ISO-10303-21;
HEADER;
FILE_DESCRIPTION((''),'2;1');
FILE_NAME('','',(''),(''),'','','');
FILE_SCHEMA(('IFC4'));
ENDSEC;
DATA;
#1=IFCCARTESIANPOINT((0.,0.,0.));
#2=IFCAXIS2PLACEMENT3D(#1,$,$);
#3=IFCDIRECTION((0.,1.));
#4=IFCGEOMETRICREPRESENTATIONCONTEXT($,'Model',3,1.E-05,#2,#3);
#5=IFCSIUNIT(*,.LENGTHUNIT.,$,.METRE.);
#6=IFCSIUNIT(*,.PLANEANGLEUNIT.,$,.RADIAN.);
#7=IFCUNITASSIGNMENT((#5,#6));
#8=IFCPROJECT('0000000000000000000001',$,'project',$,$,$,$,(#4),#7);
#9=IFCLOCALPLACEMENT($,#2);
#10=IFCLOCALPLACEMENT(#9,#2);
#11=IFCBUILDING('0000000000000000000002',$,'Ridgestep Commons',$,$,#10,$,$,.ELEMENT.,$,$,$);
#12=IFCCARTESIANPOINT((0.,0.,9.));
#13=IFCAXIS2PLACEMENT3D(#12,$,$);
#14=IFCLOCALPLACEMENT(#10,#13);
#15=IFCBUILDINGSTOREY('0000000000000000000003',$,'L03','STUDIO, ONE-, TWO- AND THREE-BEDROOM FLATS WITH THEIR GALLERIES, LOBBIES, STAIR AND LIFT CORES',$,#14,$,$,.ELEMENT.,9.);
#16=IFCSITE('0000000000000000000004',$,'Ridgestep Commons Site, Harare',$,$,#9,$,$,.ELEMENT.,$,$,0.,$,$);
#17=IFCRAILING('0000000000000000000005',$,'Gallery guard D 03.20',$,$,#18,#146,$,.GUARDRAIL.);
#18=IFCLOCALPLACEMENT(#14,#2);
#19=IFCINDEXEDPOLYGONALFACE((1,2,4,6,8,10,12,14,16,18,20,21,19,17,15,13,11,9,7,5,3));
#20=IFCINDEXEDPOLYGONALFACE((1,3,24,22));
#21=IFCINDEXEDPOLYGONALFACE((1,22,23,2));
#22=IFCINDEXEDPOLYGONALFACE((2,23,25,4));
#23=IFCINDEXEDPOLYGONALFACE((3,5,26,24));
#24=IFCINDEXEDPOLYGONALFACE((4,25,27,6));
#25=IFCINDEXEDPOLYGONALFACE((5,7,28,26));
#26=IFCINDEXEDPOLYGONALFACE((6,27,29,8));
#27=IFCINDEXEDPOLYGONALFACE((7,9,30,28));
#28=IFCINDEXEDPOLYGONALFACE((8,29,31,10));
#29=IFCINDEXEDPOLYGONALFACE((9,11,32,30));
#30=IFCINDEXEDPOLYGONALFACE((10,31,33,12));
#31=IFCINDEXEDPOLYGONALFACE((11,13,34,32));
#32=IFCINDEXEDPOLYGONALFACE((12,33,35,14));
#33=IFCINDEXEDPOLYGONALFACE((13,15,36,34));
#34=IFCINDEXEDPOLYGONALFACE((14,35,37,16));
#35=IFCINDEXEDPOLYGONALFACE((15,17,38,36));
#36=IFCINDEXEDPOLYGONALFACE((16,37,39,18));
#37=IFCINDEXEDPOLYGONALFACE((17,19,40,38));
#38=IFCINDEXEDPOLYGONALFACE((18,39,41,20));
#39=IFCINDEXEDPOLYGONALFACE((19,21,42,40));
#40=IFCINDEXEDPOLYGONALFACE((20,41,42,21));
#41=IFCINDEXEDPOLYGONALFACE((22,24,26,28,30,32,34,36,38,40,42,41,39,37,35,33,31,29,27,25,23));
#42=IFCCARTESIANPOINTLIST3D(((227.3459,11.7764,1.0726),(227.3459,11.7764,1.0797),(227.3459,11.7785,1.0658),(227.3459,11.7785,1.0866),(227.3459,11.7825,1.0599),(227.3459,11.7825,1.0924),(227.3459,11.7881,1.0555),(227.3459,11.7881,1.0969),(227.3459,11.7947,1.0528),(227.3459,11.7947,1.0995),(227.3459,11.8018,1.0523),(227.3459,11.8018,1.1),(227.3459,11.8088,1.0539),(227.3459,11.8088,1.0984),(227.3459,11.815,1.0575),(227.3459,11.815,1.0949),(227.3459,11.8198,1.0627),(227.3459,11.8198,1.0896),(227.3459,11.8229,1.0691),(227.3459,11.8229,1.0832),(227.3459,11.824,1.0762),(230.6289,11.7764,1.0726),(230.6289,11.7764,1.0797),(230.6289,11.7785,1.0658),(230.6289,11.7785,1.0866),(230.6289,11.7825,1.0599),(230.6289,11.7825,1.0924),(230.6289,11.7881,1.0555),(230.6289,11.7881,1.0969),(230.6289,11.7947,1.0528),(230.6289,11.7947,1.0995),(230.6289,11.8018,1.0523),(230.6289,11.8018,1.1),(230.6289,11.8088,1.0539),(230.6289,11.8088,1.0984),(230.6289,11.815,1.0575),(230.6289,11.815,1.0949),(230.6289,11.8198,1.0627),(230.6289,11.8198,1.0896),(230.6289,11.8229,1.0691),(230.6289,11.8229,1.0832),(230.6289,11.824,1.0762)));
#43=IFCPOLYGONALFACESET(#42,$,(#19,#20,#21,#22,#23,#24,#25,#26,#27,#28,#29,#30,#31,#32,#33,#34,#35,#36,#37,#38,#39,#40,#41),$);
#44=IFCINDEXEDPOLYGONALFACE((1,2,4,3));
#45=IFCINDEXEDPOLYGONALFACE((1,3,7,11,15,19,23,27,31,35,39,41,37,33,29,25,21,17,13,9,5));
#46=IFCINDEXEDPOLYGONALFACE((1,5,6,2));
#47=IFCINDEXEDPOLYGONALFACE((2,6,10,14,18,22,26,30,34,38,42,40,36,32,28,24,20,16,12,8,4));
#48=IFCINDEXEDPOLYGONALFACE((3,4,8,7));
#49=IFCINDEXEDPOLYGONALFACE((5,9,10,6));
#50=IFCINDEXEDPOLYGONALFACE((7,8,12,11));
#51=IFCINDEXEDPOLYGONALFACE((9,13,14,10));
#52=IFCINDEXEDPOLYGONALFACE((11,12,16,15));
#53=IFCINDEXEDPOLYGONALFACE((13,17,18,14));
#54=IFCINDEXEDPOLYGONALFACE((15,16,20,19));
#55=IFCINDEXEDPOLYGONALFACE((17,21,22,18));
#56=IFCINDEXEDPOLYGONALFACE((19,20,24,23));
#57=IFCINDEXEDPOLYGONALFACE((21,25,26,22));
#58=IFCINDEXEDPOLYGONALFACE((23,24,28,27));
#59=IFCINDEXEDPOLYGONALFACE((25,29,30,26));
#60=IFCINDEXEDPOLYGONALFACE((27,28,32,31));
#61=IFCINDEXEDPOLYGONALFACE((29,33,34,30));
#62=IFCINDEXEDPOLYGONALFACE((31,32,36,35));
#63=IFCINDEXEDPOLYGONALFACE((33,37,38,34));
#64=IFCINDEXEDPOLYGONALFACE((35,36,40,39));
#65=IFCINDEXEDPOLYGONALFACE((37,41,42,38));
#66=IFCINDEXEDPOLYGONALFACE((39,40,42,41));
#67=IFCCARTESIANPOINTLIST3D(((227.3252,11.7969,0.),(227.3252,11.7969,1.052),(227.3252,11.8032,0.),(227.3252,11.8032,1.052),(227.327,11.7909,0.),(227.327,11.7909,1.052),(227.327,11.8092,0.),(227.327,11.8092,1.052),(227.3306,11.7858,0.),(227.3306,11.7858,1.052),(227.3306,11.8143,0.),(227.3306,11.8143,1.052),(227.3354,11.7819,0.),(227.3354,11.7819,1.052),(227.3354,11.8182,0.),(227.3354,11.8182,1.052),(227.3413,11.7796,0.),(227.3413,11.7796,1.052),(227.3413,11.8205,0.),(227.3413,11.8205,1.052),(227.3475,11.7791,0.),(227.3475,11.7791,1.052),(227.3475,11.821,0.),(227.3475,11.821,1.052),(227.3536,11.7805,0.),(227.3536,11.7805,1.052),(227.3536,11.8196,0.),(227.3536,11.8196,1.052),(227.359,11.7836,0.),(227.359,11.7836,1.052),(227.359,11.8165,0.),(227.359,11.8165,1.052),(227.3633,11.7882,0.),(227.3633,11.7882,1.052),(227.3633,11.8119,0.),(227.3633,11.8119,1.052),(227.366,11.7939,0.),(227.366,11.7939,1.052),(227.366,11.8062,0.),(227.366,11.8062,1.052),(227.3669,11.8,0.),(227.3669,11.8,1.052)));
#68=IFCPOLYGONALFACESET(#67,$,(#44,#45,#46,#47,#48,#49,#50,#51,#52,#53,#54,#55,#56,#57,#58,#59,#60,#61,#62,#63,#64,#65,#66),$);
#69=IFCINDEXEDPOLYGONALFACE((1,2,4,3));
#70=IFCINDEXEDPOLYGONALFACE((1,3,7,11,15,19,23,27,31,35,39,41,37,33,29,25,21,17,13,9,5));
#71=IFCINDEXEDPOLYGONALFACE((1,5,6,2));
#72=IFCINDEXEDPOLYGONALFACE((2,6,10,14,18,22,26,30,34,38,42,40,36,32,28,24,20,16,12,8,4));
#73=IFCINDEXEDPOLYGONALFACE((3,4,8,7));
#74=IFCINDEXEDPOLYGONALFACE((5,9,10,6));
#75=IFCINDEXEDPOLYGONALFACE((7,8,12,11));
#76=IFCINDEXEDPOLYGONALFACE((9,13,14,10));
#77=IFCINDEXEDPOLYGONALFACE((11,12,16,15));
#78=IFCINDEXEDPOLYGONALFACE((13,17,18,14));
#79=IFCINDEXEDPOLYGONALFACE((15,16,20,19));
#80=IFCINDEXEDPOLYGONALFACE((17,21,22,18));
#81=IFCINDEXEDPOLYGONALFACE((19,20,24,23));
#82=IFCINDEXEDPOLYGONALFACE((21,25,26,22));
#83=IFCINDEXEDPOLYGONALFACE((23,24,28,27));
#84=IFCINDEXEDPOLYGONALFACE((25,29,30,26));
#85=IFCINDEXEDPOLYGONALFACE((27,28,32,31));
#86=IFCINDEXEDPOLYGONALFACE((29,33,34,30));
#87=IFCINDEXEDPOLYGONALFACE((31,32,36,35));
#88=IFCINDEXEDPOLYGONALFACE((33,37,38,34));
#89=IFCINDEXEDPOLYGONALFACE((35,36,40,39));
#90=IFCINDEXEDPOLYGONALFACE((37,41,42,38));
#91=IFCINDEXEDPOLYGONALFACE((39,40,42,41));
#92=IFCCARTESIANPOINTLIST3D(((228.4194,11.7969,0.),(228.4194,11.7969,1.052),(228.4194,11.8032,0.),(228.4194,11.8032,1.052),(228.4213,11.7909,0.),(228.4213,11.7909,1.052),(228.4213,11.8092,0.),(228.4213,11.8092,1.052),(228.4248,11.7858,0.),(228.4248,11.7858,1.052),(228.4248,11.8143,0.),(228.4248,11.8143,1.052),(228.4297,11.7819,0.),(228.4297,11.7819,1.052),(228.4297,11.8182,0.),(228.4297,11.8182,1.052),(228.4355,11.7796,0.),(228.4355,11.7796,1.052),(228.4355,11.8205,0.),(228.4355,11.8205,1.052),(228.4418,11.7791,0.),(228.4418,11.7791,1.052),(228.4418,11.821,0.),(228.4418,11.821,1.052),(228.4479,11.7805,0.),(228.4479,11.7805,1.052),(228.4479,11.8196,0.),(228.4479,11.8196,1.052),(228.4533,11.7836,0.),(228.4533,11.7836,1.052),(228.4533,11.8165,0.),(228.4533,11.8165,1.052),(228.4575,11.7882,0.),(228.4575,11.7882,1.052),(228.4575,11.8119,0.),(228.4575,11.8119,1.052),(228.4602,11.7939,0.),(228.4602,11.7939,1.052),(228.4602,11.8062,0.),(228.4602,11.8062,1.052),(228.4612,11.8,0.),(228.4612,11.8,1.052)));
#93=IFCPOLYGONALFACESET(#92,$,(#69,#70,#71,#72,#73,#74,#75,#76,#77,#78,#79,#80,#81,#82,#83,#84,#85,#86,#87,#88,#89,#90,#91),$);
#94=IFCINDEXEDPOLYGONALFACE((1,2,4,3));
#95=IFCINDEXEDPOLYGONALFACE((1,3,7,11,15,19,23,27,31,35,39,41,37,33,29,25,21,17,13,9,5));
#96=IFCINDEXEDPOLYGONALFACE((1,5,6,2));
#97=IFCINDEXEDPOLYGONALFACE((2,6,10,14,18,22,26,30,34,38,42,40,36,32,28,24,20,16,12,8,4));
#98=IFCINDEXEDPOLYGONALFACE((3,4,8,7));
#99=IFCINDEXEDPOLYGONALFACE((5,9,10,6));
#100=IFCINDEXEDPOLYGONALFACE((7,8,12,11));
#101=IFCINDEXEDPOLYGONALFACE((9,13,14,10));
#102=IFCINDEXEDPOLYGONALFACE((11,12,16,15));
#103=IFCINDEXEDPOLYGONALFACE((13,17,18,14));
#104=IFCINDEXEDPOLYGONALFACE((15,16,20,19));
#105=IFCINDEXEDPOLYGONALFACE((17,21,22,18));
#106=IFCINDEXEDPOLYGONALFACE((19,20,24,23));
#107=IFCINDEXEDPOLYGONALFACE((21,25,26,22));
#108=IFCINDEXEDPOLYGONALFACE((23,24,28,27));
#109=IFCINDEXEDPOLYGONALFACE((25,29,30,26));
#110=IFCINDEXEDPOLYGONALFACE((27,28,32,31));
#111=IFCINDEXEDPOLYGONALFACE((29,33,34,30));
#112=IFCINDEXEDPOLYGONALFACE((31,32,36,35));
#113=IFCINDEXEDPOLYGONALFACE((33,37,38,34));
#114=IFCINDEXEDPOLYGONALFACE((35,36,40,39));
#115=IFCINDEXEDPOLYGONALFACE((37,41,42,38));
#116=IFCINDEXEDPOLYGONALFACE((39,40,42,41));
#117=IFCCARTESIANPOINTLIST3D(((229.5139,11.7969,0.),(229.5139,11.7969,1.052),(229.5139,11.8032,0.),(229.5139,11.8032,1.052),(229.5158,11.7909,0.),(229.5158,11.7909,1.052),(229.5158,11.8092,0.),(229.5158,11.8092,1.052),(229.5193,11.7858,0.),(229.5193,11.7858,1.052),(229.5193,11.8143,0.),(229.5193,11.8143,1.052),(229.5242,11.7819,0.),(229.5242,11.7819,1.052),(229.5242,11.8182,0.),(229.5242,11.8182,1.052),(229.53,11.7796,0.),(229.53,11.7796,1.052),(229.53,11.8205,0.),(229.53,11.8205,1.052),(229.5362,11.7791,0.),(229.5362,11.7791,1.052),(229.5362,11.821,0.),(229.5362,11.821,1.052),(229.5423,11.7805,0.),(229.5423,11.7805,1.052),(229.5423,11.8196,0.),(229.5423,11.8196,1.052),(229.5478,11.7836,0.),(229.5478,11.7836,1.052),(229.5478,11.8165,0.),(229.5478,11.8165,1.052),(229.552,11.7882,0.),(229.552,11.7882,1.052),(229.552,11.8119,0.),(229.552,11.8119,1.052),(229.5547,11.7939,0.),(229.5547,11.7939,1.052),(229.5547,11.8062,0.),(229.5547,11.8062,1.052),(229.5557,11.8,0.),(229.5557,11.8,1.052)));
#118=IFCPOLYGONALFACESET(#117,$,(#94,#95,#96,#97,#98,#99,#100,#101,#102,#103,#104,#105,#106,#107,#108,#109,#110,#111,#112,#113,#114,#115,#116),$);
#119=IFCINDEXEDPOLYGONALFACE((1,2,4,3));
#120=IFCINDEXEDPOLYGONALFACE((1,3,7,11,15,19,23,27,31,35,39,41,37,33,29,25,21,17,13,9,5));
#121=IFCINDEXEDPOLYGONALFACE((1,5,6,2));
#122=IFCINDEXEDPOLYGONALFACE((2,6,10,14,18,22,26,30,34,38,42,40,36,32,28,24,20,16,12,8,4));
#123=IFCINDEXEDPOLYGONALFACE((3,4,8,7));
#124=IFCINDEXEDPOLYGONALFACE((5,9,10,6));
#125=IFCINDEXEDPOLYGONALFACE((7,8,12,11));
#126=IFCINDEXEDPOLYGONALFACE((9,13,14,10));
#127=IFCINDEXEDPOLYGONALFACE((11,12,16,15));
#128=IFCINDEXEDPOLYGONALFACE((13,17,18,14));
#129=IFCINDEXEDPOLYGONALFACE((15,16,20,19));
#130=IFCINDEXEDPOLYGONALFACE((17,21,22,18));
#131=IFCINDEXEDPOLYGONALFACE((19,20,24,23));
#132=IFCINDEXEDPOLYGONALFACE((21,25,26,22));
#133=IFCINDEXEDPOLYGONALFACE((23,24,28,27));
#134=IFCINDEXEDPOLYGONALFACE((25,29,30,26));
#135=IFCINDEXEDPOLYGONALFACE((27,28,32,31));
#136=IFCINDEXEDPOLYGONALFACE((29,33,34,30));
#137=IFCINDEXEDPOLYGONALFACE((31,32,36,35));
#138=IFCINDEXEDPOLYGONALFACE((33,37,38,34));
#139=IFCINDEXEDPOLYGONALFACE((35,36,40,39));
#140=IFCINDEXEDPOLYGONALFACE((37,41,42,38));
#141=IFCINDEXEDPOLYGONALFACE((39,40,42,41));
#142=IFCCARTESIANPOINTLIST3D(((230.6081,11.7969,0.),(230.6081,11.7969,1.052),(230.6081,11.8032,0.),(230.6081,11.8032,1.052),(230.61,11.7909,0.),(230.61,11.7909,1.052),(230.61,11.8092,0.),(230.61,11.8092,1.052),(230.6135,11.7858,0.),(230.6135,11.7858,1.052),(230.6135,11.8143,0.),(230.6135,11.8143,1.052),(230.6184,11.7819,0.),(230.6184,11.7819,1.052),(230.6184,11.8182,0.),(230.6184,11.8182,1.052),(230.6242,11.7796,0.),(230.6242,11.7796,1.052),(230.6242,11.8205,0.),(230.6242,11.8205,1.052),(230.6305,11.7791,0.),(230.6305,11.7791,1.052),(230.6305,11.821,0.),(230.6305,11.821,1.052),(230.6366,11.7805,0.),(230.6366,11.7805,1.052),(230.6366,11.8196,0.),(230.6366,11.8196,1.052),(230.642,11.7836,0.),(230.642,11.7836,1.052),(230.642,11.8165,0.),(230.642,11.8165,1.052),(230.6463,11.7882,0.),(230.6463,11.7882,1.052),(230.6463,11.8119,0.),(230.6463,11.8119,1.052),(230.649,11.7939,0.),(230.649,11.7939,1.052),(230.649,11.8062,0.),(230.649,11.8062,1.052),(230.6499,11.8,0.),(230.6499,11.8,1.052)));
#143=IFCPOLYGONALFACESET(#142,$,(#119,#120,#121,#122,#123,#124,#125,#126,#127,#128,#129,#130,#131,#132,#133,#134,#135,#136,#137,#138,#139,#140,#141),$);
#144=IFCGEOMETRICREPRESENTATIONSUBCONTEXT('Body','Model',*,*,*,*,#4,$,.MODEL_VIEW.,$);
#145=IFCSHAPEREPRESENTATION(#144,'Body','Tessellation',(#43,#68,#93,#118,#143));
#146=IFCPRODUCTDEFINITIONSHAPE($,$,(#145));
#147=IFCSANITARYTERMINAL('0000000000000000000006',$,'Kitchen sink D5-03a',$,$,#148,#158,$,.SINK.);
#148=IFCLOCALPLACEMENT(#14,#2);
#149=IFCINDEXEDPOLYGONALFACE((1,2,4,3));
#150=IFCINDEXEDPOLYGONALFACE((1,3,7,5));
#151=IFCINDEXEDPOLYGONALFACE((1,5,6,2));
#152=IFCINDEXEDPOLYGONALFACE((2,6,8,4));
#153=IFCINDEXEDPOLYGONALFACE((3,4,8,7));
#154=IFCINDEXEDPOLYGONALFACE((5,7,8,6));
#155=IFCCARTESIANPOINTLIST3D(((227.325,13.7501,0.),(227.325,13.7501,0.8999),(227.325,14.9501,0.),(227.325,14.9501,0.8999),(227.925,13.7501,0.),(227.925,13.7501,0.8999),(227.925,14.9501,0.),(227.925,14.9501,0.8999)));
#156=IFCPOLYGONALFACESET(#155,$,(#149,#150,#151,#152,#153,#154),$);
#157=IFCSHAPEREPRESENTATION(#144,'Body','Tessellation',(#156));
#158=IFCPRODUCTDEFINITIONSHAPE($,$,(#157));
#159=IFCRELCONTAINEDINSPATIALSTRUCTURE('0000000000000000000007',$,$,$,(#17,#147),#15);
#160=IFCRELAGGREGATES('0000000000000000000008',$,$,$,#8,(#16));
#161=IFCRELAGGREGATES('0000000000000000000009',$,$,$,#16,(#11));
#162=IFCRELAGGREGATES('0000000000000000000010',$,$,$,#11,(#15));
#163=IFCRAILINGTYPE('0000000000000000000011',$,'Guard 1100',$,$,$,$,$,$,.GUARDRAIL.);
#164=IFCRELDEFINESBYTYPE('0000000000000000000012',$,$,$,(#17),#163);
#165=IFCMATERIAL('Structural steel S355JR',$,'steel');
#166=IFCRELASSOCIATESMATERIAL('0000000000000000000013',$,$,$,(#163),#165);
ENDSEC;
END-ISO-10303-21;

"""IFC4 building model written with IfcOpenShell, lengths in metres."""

from ifc_helpers import new_model, si_unit, direction, frame, origin, origin_2d, place, context, subcontext, project, spatial, rectangle, circle, extrude, material, type_object, element, save


model = new_model("IFC4")

# Units and contexts
model_context = context("Model", 3, precision=1e-05, world=origin(), true_north=direction((0.0, 1.0)))
body_context = subcontext(model_context, "Body", "Model", "MODEL_VIEW")
ifc_project = project(units=[si_unit("LENGTHUNIT", "METRE"), si_unit("PLANEANGLEUNIT", "RADIAN")], contexts=[model_context])

# Site, building, storey
site_placement = place(None, origin())
site = spatial("IfcSite", under=ifc_project, at=site_placement, Name="Ridgestep Commons Site, Harare", CompositionType="ELEMENT", RefElevation=0.0)
building_placement = place(site_placement, origin())
building = spatial("IfcBuilding", under=site, at=building_placement, Name="Ridgestep Commons", CompositionType="ELEMENT")
storey_placement = place(building_placement, frame((0.0, 0.0, 9.0)))
storey = spatial("IfcBuildingStorey", under=building, at=storey_placement, Name="L03", Description="STUDIO, ONE-, TWO- AND THREE-BEDROOM FLATS WITH THEIR GALLERIES, LOBBIES, STAIR AND LIFT CORES", CompositionType="ELEMENT", Elevation=9.0)

# Railing
ifc_material_1 = material(Name="Structural steel S355JR", Category="steel")
railing_type = type_object("IfcRailingType", Name="Guard 1100", PredefinedType="GUARDRAIL", material=ifc_material_1)
railing_1_placement = place(storey_placement, frame((227.3459, 11.8, 0.0)))
element("IfcRailing", 1, at=railing_1_placement, inside=storey, type_object=railing_type, Name="Gallery guard D 03.20", PredefinedType="GUARDRAIL", context=body_context, shape_type="SweptSolid", body=[
    extrude(circle(Radius=0.0239, at=origin_2d()), frame((0.0, 0.0, 1.0762), z_axis=(1.0, 0.0, 0.0), x_axis=(0.0, 1.0, 0.0)), (0.0, 0.0, 1.0), 3.283),
    extrude(circle(Radius=0.021, at=origin_2d()), origin(), (0.0, 0.0, 1.0), 1.052),
    extrude(circle(Radius=0.021, at=origin_2d()), frame((1.0942, 0.0, 0.0)), (0.0, 0.0, 1.0), 1.052),
    extrude(circle(Radius=0.021, at=origin_2d()), frame((2.1887, 0.0, 0.0)), (0.0, 0.0, 1.0), 1.052),
    extrude(circle(Radius=0.021, at=origin_2d()), frame((3.283, 0.0, 0.0)), (0.0, 0.0, 1.0), 1.052),
])

# Sanitary terminal
sanitary_terminal_placement = place(storey_placement, frame((227.625, 14.3501, 0.0), z_axis=(0.0, 0.0, 1.0), x_axis=(1.0, 0.0, 0.0)))
element("IfcSanitaryTerminal", 2, at=sanitary_terminal_placement, inside=storey, Name="Kitchen sink D5-03a", PredefinedType="SINK", context=body_context, shape_type="SweptSolid", body=[
    extrude(rectangle(XDim=0.6001, YDim=1.2, at=origin_2d()), origin(), (0.0, 0.0, 1.0), 0.8999),
])

save(model, "model.ifc")
